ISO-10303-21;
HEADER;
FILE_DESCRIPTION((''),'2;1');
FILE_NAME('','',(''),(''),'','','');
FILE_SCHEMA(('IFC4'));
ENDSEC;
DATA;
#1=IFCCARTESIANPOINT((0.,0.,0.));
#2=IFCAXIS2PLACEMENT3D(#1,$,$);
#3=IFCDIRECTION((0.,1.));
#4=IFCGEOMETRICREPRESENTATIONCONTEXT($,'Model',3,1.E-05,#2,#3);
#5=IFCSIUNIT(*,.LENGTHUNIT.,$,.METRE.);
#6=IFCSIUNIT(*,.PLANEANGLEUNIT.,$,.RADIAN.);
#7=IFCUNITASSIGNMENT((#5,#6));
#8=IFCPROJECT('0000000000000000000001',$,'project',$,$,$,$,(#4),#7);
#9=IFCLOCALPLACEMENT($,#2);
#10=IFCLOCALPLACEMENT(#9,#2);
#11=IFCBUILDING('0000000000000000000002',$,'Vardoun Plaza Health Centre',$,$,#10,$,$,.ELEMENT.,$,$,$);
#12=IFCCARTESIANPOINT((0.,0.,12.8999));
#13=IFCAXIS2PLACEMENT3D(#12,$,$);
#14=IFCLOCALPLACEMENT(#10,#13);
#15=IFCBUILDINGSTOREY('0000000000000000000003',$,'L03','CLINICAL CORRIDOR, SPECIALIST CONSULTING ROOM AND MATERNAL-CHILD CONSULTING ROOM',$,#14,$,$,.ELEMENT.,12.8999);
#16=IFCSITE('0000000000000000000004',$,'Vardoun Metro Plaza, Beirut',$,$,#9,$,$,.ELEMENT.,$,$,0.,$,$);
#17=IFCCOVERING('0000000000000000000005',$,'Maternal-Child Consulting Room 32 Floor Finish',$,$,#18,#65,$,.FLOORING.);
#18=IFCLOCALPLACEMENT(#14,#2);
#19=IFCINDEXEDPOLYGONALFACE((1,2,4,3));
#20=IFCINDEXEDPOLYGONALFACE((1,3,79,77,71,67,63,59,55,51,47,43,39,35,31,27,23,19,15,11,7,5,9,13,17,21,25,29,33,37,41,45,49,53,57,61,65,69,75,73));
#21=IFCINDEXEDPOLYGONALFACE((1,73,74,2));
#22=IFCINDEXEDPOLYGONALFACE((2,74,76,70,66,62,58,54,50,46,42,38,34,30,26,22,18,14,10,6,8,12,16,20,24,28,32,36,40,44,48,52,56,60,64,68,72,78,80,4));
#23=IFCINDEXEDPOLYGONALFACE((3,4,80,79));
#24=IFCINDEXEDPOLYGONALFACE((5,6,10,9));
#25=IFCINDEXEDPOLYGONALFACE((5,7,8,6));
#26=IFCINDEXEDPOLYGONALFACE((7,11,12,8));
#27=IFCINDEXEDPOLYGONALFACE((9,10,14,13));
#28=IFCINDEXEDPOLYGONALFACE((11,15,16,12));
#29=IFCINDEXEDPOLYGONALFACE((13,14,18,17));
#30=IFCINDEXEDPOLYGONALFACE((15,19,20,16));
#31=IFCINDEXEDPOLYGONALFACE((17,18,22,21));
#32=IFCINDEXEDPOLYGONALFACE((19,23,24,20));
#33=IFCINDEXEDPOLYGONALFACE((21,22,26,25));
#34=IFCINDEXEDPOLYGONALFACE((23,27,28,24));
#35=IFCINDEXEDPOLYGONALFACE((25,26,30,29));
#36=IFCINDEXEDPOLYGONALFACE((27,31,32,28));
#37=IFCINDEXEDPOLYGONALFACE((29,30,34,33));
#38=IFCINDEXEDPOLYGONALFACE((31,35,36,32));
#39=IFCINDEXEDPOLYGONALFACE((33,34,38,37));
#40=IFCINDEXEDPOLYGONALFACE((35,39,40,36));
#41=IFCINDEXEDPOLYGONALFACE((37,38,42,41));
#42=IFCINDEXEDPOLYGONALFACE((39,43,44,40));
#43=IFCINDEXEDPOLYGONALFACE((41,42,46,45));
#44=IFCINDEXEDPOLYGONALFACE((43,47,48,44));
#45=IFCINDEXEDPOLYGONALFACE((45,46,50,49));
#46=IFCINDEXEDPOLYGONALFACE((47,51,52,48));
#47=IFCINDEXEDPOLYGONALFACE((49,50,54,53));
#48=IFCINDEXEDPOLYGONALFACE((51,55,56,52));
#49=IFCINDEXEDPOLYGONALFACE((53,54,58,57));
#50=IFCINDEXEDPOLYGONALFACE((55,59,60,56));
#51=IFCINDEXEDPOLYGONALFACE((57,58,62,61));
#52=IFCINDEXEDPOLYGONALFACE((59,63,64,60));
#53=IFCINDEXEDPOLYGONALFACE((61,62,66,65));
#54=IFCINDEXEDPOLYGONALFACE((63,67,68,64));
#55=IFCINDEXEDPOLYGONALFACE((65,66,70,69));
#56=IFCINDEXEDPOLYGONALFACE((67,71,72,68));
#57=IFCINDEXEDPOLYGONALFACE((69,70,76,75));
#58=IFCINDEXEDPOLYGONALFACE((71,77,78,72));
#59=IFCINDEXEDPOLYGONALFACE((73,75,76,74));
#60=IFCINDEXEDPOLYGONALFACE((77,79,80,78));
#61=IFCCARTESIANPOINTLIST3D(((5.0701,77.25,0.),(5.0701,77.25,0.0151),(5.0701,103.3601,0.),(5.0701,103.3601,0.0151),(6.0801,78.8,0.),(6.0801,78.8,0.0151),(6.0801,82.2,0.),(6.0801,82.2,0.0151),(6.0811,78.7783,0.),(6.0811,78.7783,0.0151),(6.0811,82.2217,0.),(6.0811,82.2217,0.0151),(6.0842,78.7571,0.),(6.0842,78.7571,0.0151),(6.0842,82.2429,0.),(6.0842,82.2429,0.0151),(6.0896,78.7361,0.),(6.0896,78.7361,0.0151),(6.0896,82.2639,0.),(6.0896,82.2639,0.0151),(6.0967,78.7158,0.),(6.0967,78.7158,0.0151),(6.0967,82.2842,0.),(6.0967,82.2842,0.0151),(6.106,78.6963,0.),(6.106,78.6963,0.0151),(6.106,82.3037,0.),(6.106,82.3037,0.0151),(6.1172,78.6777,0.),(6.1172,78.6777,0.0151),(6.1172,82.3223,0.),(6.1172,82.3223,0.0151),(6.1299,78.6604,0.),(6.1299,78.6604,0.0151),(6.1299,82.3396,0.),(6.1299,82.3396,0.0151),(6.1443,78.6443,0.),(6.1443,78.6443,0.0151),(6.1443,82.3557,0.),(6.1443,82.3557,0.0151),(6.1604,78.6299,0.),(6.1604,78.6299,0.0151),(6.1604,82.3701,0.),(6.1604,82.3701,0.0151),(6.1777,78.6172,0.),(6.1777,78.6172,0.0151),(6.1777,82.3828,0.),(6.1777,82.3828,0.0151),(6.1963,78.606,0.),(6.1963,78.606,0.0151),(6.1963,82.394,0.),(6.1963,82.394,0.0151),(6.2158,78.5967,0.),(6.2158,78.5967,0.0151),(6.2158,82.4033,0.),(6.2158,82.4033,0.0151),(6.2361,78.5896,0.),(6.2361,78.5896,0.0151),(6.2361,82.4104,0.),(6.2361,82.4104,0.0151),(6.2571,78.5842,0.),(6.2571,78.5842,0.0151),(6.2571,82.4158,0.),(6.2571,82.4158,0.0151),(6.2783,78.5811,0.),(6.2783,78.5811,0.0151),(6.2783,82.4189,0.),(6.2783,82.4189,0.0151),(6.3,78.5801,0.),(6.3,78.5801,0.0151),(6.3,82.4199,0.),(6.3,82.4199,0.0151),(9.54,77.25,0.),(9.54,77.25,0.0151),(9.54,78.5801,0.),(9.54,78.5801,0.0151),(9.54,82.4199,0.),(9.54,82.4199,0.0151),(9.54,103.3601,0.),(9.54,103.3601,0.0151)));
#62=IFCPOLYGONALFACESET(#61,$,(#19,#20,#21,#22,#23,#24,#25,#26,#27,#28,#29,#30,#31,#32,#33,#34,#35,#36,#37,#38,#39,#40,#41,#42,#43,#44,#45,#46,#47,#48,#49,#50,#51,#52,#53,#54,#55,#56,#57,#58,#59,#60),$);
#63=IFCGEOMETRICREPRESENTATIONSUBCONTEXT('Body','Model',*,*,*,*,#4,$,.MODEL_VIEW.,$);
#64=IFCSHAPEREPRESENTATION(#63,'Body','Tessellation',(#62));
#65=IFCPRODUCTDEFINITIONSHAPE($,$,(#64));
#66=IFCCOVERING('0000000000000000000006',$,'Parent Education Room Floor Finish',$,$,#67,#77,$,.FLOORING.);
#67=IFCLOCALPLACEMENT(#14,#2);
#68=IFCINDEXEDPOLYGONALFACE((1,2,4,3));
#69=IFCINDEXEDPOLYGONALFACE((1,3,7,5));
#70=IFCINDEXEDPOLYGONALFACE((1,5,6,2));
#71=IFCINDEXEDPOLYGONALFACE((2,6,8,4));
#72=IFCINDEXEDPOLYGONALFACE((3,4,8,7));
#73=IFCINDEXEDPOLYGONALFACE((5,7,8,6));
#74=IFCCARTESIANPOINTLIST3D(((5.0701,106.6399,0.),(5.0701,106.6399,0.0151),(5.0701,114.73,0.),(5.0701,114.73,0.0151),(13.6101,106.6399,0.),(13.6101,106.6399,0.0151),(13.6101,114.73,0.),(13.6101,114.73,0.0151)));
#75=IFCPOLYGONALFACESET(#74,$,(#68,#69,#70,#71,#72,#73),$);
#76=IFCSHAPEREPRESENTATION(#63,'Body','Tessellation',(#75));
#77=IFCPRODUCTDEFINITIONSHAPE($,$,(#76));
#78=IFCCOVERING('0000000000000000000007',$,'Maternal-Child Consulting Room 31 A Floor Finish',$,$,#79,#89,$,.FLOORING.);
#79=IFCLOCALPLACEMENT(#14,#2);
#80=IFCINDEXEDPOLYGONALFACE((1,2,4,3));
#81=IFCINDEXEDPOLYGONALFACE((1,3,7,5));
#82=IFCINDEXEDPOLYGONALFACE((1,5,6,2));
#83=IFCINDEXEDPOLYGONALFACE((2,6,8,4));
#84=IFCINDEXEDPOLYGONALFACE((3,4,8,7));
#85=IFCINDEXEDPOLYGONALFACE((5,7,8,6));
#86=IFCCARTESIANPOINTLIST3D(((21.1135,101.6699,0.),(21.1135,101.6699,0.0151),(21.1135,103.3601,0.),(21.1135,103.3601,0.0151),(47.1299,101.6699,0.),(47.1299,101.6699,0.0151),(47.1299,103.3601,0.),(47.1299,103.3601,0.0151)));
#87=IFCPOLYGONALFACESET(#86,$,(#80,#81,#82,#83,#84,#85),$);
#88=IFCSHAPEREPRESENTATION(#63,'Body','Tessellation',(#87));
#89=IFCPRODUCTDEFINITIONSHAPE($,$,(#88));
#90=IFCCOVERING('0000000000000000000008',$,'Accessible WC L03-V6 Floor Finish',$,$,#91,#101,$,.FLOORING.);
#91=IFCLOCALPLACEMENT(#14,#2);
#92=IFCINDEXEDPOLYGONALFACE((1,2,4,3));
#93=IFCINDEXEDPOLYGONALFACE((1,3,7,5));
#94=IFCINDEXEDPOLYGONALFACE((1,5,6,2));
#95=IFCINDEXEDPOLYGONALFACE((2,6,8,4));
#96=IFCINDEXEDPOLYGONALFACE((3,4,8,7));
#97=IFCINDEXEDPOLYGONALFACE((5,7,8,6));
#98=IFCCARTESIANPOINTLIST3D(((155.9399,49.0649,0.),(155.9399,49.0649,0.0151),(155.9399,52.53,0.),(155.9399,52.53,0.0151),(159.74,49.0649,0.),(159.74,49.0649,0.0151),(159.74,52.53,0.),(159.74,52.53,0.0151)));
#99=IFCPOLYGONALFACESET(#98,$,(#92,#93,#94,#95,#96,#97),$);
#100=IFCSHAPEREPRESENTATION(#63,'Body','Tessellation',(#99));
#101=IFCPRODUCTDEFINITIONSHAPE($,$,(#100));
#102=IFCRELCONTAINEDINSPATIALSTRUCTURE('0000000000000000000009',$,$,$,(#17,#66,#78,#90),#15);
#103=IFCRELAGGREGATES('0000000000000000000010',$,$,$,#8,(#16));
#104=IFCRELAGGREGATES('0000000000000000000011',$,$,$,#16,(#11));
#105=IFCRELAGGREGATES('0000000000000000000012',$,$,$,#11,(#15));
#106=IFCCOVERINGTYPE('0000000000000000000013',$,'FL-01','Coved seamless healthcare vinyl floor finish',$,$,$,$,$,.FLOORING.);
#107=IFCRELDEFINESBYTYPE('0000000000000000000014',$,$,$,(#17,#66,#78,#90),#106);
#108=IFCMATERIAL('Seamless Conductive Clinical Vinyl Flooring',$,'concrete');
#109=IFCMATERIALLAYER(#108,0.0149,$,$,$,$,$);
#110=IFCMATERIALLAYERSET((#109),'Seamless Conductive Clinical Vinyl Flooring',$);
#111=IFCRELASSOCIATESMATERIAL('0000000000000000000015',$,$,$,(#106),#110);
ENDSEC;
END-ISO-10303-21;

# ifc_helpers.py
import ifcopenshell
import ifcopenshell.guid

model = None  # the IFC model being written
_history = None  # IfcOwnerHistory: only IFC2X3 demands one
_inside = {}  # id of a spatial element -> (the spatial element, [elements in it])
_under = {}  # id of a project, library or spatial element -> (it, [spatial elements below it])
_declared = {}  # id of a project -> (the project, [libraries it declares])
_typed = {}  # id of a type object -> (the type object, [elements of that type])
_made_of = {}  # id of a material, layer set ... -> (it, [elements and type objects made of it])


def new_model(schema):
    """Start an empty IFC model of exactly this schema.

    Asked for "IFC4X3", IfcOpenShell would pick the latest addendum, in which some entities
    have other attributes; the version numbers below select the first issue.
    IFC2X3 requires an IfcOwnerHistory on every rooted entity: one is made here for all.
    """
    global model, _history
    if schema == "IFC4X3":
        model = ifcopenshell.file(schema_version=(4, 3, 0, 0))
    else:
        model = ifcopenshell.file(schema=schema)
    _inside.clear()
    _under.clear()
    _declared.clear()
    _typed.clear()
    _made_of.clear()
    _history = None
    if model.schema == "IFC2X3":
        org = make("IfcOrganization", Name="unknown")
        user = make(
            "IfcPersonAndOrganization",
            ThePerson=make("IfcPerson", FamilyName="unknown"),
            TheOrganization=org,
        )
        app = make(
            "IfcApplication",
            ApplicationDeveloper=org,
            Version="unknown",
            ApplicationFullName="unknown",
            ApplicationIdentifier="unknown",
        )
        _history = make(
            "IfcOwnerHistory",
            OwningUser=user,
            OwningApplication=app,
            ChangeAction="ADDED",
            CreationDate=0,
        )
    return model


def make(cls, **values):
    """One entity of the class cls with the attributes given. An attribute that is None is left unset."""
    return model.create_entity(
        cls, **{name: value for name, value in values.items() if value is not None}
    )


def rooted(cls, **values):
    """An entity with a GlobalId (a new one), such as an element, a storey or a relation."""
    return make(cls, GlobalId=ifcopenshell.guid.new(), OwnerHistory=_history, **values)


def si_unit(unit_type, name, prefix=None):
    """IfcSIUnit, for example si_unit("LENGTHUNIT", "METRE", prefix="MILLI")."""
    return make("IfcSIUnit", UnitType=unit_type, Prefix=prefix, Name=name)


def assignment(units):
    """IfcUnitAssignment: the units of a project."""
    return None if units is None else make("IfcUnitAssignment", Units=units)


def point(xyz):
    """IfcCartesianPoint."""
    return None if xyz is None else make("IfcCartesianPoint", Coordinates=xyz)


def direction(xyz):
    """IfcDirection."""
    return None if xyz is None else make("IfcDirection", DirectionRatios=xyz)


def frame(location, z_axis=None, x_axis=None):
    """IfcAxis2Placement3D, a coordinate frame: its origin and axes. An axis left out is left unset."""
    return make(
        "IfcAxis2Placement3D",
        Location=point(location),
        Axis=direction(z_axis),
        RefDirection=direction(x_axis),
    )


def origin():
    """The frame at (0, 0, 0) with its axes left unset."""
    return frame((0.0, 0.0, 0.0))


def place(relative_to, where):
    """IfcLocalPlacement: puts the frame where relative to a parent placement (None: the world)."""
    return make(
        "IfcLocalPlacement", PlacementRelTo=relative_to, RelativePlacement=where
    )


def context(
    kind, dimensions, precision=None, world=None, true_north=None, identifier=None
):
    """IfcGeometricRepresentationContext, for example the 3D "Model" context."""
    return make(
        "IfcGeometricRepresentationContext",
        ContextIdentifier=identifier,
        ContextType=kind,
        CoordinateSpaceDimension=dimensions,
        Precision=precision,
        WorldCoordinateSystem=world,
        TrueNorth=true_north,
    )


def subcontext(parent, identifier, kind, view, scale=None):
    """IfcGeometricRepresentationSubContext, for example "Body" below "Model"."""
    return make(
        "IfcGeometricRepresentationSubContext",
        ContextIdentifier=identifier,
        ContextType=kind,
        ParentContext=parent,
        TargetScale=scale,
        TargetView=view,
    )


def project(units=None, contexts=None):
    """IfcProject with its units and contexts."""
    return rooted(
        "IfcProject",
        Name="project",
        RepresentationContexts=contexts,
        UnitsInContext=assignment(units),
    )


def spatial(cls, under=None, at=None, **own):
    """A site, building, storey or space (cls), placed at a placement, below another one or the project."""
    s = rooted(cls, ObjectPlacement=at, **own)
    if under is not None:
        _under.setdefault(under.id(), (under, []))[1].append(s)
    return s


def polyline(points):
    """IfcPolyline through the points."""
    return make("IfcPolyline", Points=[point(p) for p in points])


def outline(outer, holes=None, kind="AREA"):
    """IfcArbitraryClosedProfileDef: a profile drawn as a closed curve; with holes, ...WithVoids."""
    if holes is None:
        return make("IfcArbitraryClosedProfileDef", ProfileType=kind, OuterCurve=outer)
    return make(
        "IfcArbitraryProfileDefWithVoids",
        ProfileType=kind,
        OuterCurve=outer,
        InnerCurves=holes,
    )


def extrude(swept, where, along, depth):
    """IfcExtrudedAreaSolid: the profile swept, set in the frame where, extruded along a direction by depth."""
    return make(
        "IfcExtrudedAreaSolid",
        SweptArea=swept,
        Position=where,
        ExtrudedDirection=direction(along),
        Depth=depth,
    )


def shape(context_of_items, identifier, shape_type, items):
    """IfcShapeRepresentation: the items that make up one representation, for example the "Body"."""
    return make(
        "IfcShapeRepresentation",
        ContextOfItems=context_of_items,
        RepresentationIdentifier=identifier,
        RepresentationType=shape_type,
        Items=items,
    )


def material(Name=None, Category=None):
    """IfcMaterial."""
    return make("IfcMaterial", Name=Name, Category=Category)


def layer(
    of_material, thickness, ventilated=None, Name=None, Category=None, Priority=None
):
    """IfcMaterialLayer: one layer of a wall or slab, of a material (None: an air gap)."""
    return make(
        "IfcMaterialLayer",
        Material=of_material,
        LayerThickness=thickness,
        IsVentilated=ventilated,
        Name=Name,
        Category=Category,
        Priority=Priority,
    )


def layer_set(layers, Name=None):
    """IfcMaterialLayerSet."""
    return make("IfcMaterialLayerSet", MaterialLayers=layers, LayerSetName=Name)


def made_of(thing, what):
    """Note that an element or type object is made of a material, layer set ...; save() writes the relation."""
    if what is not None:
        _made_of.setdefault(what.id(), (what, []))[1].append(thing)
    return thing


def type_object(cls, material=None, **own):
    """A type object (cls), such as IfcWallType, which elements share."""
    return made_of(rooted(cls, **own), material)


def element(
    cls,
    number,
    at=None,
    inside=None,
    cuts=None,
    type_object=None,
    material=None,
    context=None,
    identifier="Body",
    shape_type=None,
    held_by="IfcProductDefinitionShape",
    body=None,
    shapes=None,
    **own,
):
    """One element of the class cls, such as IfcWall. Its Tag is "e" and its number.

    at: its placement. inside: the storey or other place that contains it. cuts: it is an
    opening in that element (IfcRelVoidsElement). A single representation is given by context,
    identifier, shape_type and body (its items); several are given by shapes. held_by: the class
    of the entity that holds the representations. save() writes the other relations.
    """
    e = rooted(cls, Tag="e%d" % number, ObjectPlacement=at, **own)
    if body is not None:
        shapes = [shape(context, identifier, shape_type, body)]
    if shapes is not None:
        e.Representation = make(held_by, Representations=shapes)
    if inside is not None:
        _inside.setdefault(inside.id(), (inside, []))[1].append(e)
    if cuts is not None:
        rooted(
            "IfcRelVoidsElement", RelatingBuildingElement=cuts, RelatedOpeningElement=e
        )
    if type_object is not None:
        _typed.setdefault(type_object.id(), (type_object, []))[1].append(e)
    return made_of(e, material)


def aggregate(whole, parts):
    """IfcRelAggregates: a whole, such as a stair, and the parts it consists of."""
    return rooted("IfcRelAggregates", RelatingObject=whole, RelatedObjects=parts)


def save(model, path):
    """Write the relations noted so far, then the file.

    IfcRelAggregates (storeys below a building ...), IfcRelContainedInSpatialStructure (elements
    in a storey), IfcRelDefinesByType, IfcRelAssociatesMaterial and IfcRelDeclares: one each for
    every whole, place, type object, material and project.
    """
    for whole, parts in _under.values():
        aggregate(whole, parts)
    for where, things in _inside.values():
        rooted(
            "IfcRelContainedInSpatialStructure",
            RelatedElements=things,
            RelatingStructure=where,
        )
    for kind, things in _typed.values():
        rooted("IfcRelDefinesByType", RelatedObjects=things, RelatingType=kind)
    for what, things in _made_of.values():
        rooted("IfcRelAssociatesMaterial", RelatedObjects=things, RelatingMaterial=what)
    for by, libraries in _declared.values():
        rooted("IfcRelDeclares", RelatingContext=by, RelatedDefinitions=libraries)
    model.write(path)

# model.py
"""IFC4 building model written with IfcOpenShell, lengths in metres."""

from ifc_helpers import new_model, si_unit, direction, frame, origin, place, context, subcontext, project, spatial, polyline, outline, extrude, material, layer, layer_set, type_object, element, save


model = new_model("IFC4")

# Units and contexts
model_context = context("Model", 3, precision=1e-05, world=origin(), true_north=direction((0.0, 1.0)))
body_context = subcontext(model_context, "Body", "Model", "MODEL_VIEW")
ifc_project = project(units=[si_unit("LENGTHUNIT", "METRE"), si_unit("PLANEANGLEUNIT", "RADIAN")], contexts=[model_context])

# Site, building, storey
site_placement = place(None, origin())
site = spatial("IfcSite", under=ifc_project, at=site_placement, Name="Vardoun Metro Plaza, Beirut", CompositionType="ELEMENT", RefElevation=0.0)
building_placement = place(site_placement, origin())
building = spatial("IfcBuilding", under=site, at=building_placement, Name="Vardoun Plaza Health Centre", CompositionType="ELEMENT")
storey_placement = place(building_placement, frame((0.0, 0.0, 12.8999)))
storey = spatial("IfcBuildingStorey", under=building, at=storey_placement, Name="L03", Description="CLINICAL CORRIDOR, SPECIALIST CONSULTING ROOM AND MATERNAL-CHILD CONSULTING ROOM", CompositionType="ELEMENT", Elevation=12.8999)

# Coverings
ifc_material_1 = material(Name="Seamless Conductive Clinical Vinyl Flooring", Category="concrete")
ifc_layer_1 = layer(ifc_material_1, 0.0149)
ifc_layer_set_1 = layer_set([ifc_layer_1], Name="Seamless Conductive Clinical Vinyl Flooring")
covering_type_1 = type_object("IfcCoveringType", Name="FL-01", Description="Coved seamless healthcare vinyl floor finish", PredefinedType="FLOORING", material=ifc_layer_set_1)
covering_1_placement = place(storey_placement, origin())
element("IfcCovering", 1, at=covering_1_placement, inside=storey, type_object=covering_type_1, Name="Maternal-Child Consulting Room 32 Floor Finish", PredefinedType="FLOORING", context=body_context, shape_type="SweptSolid", body=[
    extrude(outline(polyline([(5.0701, 103.3601), (9.54, 103.3601), (9.54, 82.4199), (6.3, 82.4199), (6.2783, 82.4189), (6.2571, 82.4158), (6.2361, 82.4104), (6.2158, 82.4033), (6.1963, 82.394), (6.1777, 82.3828), (6.1604, 82.3701), (6.1443, 82.3557), (6.1299, 82.3396), (6.1172, 82.3223), (6.106, 82.3037), (6.0967, 82.2842), (6.0896, 82.2639), (6.0842, 82.2429), (6.0811, 82.2217), (6.0801, 82.2), (6.0801, 78.8), (6.0811, 78.7783), (6.0842, 78.7571), (6.0896, 78.7361), (6.0967, 78.7158), (6.106, 78.6963), (6.1172, 78.6777), (6.1299, 78.6604), (6.1443, 78.6443), (6.1604, 78.6299), (6.1777, 78.6172), (6.1963, 78.606), (6.2158, 78.5967), (6.2361, 78.5896), (6.2571, 78.5842), (6.2783, 78.5811), (6.3, 78.5801), (9.54, 78.5801), (9.54, 77.25), (5.0701, 77.25), (5.0701, 103.3601)])), origin(), (0.0, 0.0, 1.0), 0.0151),
])
covering_2_placement = place(storey_placement, origin())
element("IfcCovering", 2, at=covering_2_placement, inside=storey, type_object=covering_type_1, Name="Parent Education Room Floor Finish", PredefinedType="FLOORING", context=body_context, shape_type="SweptSolid", body=[
    extrude(outline(polyline([(13.6101, 114.73), (13.6101, 106.6399), (5.0701, 106.6399), (5.0701, 114.73), (13.6101, 114.73)])), origin(), (0.0, 0.0, 1.0), 0.0151),
])
covering_3_placement = place(storey_placement, origin())
element("IfcCovering", 3, at=covering_3_placement, inside=storey, type_object=covering_type_1, Name="Maternal-Child Consulting Room 31 A Floor Finish", PredefinedType="FLOORING", context=body_context, shape_type="SweptSolid", body=[
    extrude(outline(polyline([(21.1135, 101.6699), (21.1135, 103.3601), (47.1299, 103.3601), (47.1299, 101.6699), (21.1135, 101.6699)])), origin(), (0.0, 0.0, 1.0), 0.0151),
])
covering_4_placement = place(storey_placement, origin())
element("IfcCovering", 4, at=covering_4_placement, inside=storey, type_object=covering_type_1, Name="Accessible WC L03-V6 Floor Finish", PredefinedType="FLOORING", context=body_context, shape_type="SweptSolid", body=[
    extrude(outline(polyline([(159.74, 52.53), (159.74, 49.0649), (155.9399, 49.0649), (155.9399, 52.53), (159.74, 52.53)])), origin(), (0.0, 0.0, 1.0), 0.0151),
])

save(model, "model.ifc")
